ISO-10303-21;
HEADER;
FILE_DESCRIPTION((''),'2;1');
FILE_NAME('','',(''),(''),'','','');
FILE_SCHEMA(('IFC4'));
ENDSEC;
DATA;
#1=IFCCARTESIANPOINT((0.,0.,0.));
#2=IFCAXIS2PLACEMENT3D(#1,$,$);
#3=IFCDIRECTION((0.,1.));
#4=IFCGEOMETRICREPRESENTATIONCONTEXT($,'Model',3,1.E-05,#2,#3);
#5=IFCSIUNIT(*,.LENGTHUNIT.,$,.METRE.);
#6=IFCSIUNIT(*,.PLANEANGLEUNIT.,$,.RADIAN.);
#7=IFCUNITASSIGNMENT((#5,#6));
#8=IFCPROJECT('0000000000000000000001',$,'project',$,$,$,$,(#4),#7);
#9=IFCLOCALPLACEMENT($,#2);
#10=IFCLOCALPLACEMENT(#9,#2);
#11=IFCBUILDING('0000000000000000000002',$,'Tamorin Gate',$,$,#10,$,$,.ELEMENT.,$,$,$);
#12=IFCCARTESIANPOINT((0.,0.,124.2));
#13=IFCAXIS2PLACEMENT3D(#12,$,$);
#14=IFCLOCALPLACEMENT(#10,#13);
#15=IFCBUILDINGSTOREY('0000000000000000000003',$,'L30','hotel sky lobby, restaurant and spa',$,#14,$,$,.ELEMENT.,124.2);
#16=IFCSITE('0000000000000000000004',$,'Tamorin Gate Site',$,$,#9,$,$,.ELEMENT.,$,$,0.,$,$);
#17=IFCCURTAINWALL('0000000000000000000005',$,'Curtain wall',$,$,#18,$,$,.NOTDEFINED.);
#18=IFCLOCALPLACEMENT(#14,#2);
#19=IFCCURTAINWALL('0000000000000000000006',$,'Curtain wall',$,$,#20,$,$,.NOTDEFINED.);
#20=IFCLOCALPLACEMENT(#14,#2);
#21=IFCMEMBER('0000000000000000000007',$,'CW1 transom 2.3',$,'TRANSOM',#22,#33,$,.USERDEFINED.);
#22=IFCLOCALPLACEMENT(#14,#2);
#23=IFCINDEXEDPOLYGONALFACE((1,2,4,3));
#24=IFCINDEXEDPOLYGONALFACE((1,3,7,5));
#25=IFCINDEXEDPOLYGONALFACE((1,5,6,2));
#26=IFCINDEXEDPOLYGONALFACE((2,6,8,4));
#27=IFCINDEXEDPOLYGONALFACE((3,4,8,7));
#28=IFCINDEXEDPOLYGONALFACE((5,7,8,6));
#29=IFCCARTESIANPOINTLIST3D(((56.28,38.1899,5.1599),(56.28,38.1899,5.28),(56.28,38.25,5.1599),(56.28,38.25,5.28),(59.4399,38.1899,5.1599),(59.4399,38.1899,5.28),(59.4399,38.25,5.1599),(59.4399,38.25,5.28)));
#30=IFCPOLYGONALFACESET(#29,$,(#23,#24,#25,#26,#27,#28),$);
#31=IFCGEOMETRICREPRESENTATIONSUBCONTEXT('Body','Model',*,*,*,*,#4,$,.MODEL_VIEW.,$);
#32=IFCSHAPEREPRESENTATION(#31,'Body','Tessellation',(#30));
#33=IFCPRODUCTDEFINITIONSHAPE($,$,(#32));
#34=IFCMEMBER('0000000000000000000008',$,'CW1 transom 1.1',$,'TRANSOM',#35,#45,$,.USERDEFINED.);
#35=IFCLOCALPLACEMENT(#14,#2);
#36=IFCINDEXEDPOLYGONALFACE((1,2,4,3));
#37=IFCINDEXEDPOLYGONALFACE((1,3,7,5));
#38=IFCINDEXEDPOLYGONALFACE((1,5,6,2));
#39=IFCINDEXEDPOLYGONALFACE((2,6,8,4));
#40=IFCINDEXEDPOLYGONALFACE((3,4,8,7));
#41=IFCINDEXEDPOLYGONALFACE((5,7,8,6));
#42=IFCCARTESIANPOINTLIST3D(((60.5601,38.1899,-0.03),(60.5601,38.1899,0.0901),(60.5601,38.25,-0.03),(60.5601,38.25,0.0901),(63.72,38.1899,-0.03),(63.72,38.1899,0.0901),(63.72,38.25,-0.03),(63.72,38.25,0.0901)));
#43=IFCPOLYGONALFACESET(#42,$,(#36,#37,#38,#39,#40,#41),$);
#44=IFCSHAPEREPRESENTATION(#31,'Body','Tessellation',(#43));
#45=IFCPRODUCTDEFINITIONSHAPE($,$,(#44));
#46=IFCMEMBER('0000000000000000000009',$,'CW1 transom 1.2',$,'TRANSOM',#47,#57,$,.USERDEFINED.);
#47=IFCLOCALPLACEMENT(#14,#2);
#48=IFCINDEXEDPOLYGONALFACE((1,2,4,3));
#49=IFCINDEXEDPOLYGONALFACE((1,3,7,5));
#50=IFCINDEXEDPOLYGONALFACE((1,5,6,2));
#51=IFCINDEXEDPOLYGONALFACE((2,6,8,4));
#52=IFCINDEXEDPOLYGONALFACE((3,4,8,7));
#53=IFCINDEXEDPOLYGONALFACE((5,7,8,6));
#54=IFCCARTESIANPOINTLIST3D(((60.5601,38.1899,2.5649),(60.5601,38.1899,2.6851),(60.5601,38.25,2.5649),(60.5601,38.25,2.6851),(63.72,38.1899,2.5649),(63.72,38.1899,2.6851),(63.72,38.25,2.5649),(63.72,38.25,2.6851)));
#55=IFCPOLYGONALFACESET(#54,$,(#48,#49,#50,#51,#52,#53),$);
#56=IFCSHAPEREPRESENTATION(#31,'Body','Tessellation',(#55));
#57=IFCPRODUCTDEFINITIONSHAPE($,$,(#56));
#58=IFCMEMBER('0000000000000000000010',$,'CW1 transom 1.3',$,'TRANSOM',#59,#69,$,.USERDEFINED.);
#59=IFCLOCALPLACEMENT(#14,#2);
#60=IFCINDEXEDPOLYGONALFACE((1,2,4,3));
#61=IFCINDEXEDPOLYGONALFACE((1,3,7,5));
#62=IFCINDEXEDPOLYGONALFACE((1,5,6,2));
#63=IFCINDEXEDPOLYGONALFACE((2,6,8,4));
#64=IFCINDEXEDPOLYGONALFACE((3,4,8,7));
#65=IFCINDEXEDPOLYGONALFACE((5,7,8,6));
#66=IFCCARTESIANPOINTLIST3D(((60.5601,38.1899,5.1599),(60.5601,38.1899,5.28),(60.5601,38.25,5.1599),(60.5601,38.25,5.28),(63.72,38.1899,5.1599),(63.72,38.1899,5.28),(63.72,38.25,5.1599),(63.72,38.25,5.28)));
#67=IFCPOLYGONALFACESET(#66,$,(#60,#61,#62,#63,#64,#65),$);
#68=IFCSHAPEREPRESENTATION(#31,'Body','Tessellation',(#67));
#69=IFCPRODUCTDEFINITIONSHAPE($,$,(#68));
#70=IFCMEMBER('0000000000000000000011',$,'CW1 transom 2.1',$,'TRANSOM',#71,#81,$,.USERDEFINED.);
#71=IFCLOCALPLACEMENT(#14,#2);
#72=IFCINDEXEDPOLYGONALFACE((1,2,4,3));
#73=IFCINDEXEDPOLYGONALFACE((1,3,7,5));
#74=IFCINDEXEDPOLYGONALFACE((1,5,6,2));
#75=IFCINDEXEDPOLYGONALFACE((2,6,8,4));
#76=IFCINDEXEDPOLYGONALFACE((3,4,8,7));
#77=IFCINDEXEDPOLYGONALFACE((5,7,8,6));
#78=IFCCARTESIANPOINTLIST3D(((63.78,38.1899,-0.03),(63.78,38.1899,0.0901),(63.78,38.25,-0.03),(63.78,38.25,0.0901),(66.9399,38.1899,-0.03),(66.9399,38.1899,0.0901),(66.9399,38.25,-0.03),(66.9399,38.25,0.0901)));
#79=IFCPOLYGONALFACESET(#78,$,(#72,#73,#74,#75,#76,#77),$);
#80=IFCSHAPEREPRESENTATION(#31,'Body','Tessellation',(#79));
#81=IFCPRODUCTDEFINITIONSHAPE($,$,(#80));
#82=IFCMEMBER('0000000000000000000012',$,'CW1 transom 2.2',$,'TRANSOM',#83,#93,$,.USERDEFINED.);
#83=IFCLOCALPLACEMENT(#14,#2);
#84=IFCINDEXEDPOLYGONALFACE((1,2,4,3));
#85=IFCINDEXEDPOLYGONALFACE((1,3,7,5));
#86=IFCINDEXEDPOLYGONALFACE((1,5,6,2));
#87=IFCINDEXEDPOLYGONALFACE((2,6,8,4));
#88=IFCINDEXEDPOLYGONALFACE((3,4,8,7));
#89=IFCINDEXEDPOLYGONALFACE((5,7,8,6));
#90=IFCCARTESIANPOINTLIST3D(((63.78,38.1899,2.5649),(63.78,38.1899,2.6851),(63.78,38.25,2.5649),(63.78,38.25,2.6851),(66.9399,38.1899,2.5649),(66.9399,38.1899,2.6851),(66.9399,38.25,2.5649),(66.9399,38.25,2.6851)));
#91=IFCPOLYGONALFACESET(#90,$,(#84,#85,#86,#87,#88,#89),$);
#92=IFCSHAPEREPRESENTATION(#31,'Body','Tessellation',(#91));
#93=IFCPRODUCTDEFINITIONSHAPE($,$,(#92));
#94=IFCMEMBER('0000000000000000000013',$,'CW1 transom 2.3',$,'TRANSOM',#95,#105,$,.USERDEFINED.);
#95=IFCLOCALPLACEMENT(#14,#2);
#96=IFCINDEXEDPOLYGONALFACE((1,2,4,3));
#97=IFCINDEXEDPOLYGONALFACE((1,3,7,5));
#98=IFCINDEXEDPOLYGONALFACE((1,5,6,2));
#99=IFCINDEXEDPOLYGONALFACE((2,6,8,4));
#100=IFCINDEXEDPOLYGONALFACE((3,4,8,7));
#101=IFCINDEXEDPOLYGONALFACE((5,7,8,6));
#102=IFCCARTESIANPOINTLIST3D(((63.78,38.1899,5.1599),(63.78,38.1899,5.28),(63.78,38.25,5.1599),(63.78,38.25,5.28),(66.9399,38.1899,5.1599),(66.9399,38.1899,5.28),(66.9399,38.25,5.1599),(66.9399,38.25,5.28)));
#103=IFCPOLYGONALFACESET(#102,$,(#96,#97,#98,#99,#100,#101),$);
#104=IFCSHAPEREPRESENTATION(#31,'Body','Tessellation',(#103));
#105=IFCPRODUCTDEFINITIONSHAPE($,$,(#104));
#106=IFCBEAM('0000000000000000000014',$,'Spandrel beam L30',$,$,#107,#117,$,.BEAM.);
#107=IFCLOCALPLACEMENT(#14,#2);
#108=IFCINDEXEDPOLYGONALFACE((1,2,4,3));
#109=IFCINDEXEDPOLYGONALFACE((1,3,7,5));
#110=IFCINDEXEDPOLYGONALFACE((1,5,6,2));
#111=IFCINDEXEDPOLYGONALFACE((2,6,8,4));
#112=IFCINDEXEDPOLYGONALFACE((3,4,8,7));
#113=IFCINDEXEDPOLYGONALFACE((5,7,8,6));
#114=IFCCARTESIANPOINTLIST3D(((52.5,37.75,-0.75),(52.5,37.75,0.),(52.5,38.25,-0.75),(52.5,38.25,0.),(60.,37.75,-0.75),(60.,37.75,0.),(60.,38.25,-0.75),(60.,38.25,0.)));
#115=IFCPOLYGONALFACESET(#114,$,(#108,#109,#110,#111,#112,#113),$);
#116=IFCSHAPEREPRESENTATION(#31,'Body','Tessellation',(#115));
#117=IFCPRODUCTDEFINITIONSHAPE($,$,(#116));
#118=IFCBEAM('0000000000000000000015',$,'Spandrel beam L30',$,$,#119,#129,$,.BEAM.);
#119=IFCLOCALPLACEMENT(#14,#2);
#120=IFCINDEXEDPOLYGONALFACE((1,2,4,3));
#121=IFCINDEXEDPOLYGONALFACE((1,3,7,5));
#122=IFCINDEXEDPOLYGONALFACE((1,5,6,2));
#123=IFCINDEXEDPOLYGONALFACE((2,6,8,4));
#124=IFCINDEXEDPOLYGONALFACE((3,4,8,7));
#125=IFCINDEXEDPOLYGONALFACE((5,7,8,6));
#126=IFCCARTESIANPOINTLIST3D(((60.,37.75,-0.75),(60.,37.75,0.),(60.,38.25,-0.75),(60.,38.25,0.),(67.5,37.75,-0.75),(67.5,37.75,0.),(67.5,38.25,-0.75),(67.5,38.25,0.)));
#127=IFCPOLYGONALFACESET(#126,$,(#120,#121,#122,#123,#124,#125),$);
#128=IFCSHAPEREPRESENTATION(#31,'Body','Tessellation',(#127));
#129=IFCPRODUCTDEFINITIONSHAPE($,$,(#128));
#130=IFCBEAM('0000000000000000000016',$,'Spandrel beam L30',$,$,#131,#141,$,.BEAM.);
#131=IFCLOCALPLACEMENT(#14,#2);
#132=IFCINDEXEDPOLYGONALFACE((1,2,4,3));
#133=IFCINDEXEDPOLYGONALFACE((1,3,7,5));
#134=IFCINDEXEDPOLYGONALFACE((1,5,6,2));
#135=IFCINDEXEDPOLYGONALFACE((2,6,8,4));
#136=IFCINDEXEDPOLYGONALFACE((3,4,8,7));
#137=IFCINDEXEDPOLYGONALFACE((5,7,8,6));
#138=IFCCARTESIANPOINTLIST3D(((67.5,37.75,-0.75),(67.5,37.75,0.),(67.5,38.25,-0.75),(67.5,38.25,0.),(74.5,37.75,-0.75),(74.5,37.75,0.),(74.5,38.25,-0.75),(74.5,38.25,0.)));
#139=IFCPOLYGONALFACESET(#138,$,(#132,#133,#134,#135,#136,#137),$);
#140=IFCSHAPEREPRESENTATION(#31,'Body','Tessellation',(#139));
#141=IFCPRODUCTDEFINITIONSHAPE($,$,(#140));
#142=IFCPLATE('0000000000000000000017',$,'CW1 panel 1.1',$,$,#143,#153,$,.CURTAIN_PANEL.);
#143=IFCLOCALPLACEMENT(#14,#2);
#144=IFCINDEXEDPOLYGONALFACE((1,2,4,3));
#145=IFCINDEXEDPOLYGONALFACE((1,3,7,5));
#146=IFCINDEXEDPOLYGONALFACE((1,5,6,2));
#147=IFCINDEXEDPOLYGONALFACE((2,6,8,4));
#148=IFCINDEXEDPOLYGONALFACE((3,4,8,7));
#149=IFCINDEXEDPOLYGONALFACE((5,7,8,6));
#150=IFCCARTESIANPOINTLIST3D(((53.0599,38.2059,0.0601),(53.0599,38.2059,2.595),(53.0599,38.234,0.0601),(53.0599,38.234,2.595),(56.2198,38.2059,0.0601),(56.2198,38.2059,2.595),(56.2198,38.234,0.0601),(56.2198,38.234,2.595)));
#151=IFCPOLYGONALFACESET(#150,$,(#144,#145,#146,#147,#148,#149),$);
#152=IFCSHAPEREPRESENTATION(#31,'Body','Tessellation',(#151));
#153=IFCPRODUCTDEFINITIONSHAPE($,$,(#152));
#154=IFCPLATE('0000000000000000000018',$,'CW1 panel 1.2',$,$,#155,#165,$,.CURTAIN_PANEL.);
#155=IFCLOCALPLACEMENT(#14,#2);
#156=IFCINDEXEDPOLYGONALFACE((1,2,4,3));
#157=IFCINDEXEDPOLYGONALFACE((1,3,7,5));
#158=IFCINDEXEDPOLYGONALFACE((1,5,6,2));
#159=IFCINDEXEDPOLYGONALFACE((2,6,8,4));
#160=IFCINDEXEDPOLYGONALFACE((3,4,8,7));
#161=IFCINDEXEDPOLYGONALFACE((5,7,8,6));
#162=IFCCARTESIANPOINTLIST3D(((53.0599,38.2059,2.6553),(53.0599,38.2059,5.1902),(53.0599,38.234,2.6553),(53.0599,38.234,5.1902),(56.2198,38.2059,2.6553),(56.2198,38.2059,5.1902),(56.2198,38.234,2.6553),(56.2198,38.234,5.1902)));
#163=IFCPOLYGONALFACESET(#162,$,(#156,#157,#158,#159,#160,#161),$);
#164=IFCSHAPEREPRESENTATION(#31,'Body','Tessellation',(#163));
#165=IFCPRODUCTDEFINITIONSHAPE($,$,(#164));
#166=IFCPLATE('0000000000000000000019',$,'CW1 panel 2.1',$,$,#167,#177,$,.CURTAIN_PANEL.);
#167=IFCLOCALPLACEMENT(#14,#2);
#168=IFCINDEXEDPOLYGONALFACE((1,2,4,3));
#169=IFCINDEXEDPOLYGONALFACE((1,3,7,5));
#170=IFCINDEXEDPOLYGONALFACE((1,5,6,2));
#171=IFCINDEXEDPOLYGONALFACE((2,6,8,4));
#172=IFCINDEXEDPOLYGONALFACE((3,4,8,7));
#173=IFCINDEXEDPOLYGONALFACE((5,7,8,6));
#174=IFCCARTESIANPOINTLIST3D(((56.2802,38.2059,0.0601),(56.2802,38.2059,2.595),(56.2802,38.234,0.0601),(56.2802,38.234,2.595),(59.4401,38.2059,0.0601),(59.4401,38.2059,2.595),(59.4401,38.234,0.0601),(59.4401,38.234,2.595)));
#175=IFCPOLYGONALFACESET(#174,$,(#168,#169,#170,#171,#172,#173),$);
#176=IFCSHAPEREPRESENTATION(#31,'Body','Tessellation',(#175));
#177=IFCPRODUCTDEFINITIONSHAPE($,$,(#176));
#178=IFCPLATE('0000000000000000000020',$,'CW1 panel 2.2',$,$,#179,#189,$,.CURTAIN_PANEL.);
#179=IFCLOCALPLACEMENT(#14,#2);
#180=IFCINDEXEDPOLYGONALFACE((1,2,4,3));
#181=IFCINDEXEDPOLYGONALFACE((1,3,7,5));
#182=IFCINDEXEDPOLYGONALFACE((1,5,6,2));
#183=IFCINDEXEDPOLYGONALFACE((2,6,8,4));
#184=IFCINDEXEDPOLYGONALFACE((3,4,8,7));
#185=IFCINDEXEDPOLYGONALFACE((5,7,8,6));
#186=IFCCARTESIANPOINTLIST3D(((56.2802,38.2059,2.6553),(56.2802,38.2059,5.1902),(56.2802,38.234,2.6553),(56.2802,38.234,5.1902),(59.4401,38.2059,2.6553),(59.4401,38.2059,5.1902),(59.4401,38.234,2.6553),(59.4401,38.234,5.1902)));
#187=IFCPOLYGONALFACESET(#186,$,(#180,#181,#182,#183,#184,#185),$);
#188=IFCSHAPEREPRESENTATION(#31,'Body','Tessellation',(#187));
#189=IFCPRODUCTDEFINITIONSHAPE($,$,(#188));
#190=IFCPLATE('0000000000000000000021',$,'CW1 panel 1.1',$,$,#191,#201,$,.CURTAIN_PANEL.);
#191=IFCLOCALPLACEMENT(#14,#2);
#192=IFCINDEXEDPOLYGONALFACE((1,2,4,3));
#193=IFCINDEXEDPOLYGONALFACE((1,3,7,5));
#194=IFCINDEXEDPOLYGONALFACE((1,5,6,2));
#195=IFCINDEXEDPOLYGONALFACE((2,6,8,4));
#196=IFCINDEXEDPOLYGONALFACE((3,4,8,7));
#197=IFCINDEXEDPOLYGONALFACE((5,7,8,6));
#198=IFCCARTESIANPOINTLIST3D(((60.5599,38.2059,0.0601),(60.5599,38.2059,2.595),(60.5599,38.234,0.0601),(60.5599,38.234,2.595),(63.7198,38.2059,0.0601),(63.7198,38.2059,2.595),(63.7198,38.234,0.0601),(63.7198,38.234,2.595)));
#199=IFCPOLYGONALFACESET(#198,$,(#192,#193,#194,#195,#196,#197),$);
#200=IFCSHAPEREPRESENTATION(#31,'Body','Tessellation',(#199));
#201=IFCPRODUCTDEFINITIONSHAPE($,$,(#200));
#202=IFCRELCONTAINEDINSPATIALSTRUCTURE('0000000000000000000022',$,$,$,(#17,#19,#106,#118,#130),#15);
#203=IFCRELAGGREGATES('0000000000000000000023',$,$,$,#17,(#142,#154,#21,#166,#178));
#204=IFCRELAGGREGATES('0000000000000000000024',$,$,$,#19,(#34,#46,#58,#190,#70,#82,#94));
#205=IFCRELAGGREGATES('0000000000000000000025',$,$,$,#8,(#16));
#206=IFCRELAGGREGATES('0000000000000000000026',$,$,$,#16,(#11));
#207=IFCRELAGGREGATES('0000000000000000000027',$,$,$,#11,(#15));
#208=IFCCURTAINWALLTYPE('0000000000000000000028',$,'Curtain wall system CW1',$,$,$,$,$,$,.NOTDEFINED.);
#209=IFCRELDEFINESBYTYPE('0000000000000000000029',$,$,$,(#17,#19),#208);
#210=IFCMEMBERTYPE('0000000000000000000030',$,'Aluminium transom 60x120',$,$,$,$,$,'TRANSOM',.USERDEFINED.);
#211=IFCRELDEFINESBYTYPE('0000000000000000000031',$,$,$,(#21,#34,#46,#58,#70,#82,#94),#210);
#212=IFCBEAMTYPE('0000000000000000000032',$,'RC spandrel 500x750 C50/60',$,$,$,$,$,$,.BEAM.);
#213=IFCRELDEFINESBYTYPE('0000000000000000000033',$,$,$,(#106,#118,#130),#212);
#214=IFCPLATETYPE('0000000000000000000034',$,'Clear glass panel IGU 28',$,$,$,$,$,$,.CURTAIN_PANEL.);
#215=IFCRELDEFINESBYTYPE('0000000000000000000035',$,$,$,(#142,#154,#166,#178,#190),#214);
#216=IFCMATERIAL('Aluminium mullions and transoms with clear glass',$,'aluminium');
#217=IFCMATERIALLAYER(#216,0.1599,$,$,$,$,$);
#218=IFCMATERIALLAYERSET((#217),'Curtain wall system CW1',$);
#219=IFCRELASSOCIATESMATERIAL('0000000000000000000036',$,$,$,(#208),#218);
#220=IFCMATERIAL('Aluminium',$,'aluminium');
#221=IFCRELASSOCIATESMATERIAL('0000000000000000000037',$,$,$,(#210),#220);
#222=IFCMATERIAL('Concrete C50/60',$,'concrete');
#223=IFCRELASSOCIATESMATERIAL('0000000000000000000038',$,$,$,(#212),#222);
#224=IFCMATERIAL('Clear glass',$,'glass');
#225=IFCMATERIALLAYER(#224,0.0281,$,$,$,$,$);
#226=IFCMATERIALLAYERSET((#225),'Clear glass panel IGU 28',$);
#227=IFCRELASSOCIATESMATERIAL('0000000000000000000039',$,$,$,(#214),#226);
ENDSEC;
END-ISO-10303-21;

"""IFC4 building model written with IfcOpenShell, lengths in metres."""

from ifc_helpers import new_model, si_unit, direction, frame, origin, origin_2d, place, context, subcontext, project, spatial, rectangle, extrude, material, layer, layer_set, material_profile, profile_set, type_object, element, aggregate, save


model = new_model("IFC4")

# Units and contexts
model_context = context("Model", 3, precision=1e-05, world=origin(), true_north=direction((0.0, 1.0)))
body_context = subcontext(model_context, "Body", "Model", "MODEL_VIEW")
ifc_project = project(units=[si_unit("LENGTHUNIT", "METRE"), si_unit("PLANEANGLEUNIT", "RADIAN")], contexts=[model_context])

# Site, building, storey
site_placement = place(None, origin())
site = spatial("IfcSite", under=ifc_project, at=site_placement, Name="Tamorin Gate Site", CompositionType="ELEMENT", RefElevation=0.0)
building_placement = place(site_placement, origin())
building = spatial("IfcBuilding", under=site, at=building_placement, Name="Tamorin Gate", CompositionType="ELEMENT")
storey_placement = place(building_placement, frame((0.0, 0.0, 124.2)))
storey = spatial("IfcBuildingStorey", under=building, at=storey_placement, Name="L30", Description="hotel sky lobby, restaurant and spa", CompositionType="ELEMENT", Elevation=124.2)

# Curtain walls
ifc_material_1 = material(Name="Aluminium mullions and transoms with clear glass", Category="aluminium")
ifc_layer_1 = layer(ifc_material_1, 0.1599)
ifc_layer_set_1 = layer_set([ifc_layer_1], Name="Curtain wall system CW1")
curtain_wall_type = type_object("IfcCurtainWallType", Name="Curtain wall system CW1", PredefinedType="NOTDEFINED", material=ifc_layer_set_1)
curtain_wall_1_placement = place(storey_placement, origin())
curtain_wall_1 = element("IfcCurtainWall", 1, at=curtain_wall_1_placement, inside=storey, type_object=curtain_wall_type, Name="Curtain wall", PredefinedType="NOTDEFINED")
ifc_material_2 = material(Name="Aluminium", Category="aluminium")
curtain_wall_2_placement = place(storey_placement, origin())
curtain_wall_2 = element("IfcCurtainWall", 2, at=curtain_wall_2_placement, inside=storey, type_object=curtain_wall_type, Name="Curtain wall", PredefinedType="NOTDEFINED")

# Members
ifc_material_profile_1 = material_profile(ifc_material_2, rectangle(XDim=0.0601, YDim=0.1201, at=origin_2d()), Name="RECT 60x120")
ifc_profile_set_1 = profile_set([ifc_material_profile_1], Name="Aluminium")
member_type_1 = type_object("IfcMemberType", Name="Aluminium transom 60x120", ElementType="TRANSOM", PredefinedType="USERDEFINED", material=ifc_profile_set_1)
member_1_placement = place(storey_placement, frame((56.28, 38.22, 5.22), z_axis=(1.0, 0.0, 0.0), x_axis=(0.0, 1.0, 0.0)))
member_1 = element("IfcMember", 3, at=member_1_placement, type_object=member_type_1, Name="CW1 transom 2.3", ObjectType="TRANSOM", PredefinedType="USERDEFINED", context=body_context, shape_type="SweptSolid", body=[
    extrude(rectangle(XDim=0.0601, YDim=0.1201, at=origin_2d()), origin(), (0.0, 0.0, 1.0), 3.1599),
])
member_2_placement = place(storey_placement, frame((60.5601, 38.22, 0.03), z_axis=(1.0, 0.0, 0.0), x_axis=(0.0, 1.0, 0.0)))
member_2 = element("IfcMember", 4, at=member_2_placement, type_object=member_type_1, Name="CW1 transom 1.1", ObjectType="TRANSOM", PredefinedType="USERDEFINED", context=body_context, shape_type="SweptSolid", body=[
    extrude(rectangle(XDim=0.0601, YDim=0.1201, at=origin_2d()), origin(), (0.0, 0.0, 1.0), 3.1599),
])
member_3_placement = place(storey_placement, frame((60.5601, 38.22, 2.625), z_axis=(1.0, 0.0, 0.0), x_axis=(0.0, 1.0, 0.0)))
member_3 = element("IfcMember", 5, at=member_3_placement, type_object=member_type_1, Name="CW1 transom 1.2", ObjectType="TRANSOM", PredefinedType="USERDEFINED", context=body_context, shape_type="SweptSolid", body=[
    extrude(rectangle(XDim=0.0601, YDim=0.1201, at=origin_2d()), origin(), (0.0, 0.0, 1.0), 3.1599),
])
member_4_placement = place(storey_placement, frame((60.5601, 38.22, 5.22), z_axis=(1.0, 0.0, 0.0), x_axis=(0.0, 1.0, 0.0)))
member_4 = element("IfcMember", 6, at=member_4_placement, type_object=member_type_1, Name="CW1 transom 1.3", ObjectType="TRANSOM", PredefinedType="USERDEFINED", context=body_context, shape_type="SweptSolid", body=[
    extrude(rectangle(XDim=0.0601, YDim=0.1201, at=origin_2d()), origin(), (0.0, 0.0, 1.0), 3.1599),
])
member_5_placement = place(storey_placement, frame((63.78, 38.22, 0.03), z_axis=(1.0, 0.0, 0.0), x_axis=(0.0, 1.0, 0.0)))
member_5 = element("IfcMember", 7, at=member_5_placement, type_object=member_type_1, Name="CW1 transom 2.1", ObjectType="TRANSOM", PredefinedType="USERDEFINED", context=body_context, shape_type="SweptSolid", body=[
    extrude(rectangle(XDim=0.0601, YDim=0.1201, at=origin_2d()), origin(), (0.0, 0.0, 1.0), 3.1599),
])
member_6_placement = place(storey_placement, frame((63.78, 38.22, 2.625), z_axis=(1.0, 0.0, 0.0), x_axis=(0.0, 1.0, 0.0)))
member_6 = element("IfcMember", 8, at=member_6_placement, type_object=member_type_1, Name="CW1 transom 2.2", ObjectType="TRANSOM", PredefinedType="USERDEFINED", context=body_context, shape_type="SweptSolid", body=[
    extrude(rectangle(XDim=0.0601, YDim=0.1201, at=origin_2d()), origin(), (0.0, 0.0, 1.0), 3.1599),
])
member_7_placement = place(storey_placement, frame((63.78, 38.22, 5.22), z_axis=(1.0, 0.0, 0.0), x_axis=(0.0, 1.0, 0.0)))
member_7 = element("IfcMember", 9, at=member_7_placement, type_object=member_type_1, Name="CW1 transom 2.3", ObjectType="TRANSOM", PredefinedType="USERDEFINED", context=body_context, shape_type="SweptSolid", body=[
    extrude(rectangle(XDim=0.0601, YDim=0.1201, at=origin_2d()), origin(), (0.0, 0.0, 1.0), 3.1599),
])

# Beams
ifc_material_3 = material(Name="Concrete C50/60", Category="concrete")
ifc_material_profile_2 = material_profile(ifc_material_3, rectangle(XDim=0.5, YDim=0.75, at=origin_2d()), Name="RC 500x750")
ifc_profile_set_2 = profile_set([ifc_material_profile_2], Name="Concrete C50/60")
beam_type = type_object("IfcBeamType", Name="RC spandrel 500x750 C50/60", PredefinedType="BEAM", material=ifc_profile_set_2)
for number, where, z_axis, x_axis, name in (
    (10, (52.5, 38.0, -0.375), (1.0, 0.0, 0.0), (0.0, 1.0, 0.0), "Spandrel beam L30"),
    (11, (60.0, 38.0, -0.375), (1.0, 0.0, 0.0), (0.0, 1.0, 0.0), "Spandrel beam L30"),
):
    element("IfcBeam", number, at=place(storey_placement, frame(where, z_axis=z_axis, x_axis=x_axis)), inside=storey, type_object=beam_type, Name=name, PredefinedType="BEAM", context=body_context, shape_type="SweptSolid", body=[
        extrude(rectangle(XDim=0.5, YDim=0.75, at=origin_2d()), origin(), (0.0, 0.0, 1.0), 7.5),
    ])
beam_placement = place(storey_placement, frame((67.5, 38.0, -0.375), z_axis=(1.0, 0.0, 0.0), x_axis=(0.0, 1.0, 0.0)))
element("IfcBeam", 12, at=beam_placement, inside=storey, type_object=beam_type, Name="Spandrel beam L30", PredefinedType="BEAM", context=body_context, shape_type="SweptSolid", body=[
    extrude(rectangle(XDim=0.5, YDim=0.75, at=origin_2d()), origin(), (0.0, 0.0, 1.0), 7.0),
])

# Plates
ifc_material_4 = material(Name="Clear glass", Category="glass")
ifc_layer_2 = layer(ifc_material_4, 0.0281)
ifc_layer_set_2 = layer_set([ifc_layer_2], Name="Clear glass panel IGU 28")
plate_type = type_object("IfcPlateType", Name="Clear glass panel IGU 28", PredefinedType="CURTAIN_PANEL", material=ifc_layer_set_2)
plate_1_placement = place(storey_placement, frame((54.6399, 38.22, 0.0601), z_axis=(0.0, 0.0, 1.0), x_axis=(1.0, 0.0, 0.0)))
plate_1 = element("IfcPlate", 13, at=plate_1_placement, type_object=plate_type, Name="CW1 panel 1.1", PredefinedType="CURTAIN_PANEL", context=body_context, shape_type="SweptSolid", body=[
    extrude(rectangle(XDim=3.1599, YDim=0.0281, at=origin_2d()), origin(), (0.0, 0.0, 1.0), 2.5349),
])
plate_2_placement = place(storey_placement, frame((54.6399, 38.22, 2.6553), z_axis=(0.0, 0.0, 1.0), x_axis=(1.0, 0.0, 0.0)))
plate_2 = element("IfcPlate", 14, at=plate_2_placement, type_object=plate_type, Name="CW1 panel 1.2", PredefinedType="CURTAIN_PANEL", context=body_context, shape_type="SweptSolid", body=[
    extrude(rectangle(XDim=3.1599, YDim=0.0281, at=origin_2d()), origin(), (0.0, 0.0, 1.0), 2.5349),
])
plate_3_placement = place(storey_placement, frame((57.8601, 38.22, 0.0601), z_axis=(0.0, 0.0, 1.0), x_axis=(1.0, 0.0, 0.0)))
plate_3 = element("IfcPlate", 15, at=plate_3_placement, type_object=plate_type, Name="CW1 panel 2.1", PredefinedType="CURTAIN_PANEL", context=body_context, shape_type="SweptSolid", body=[
    extrude(rectangle(XDim=3.1599, YDim=0.0281, at=origin_2d()), origin(), (0.0, 0.0, 1.0), 2.5349),
])
plate_4_placement = place(storey_placement, frame((57.8601, 38.22, 2.6553), z_axis=(0.0, 0.0, 1.0), x_axis=(1.0, 0.0, 0.0)))
plate_4 = element("IfcPlate", 16, at=plate_4_placement, type_object=plate_type, Name="CW1 panel 2.2", PredefinedType="CURTAIN_PANEL", context=body_context, shape_type="SweptSolid", body=[
    extrude(rectangle(XDim=3.1599, YDim=0.0281, at=origin_2d()), origin(), (0.0, 0.0, 1.0), 2.5349),
])
aggregate(curtain_wall_1, [plate_1, plate_2, member_1, plate_3, plate_4])
plate_5_placement = place(storey_placement, frame((62.1399, 38.22, 0.0601), z_axis=(0.0, 0.0, 1.0), x_axis=(1.0, 0.0, 0.0)))
plate_5 = element("IfcPlate", 17, at=plate_5_placement, type_object=plate_type, Name="CW1 panel 1.1", PredefinedType="CURTAIN_PANEL", context=body_context, shape_type="SweptSolid", body=[
    extrude(rectangle(XDim=3.1599, YDim=0.0281, at=origin_2d()), origin(), (0.0, 0.0, 1.0), 2.5349),
])
aggregate(curtain_wall_2, [member_2, member_3, member_4, plate_5, member_5, member_6, member_7])

save(model, "model.ifc")
